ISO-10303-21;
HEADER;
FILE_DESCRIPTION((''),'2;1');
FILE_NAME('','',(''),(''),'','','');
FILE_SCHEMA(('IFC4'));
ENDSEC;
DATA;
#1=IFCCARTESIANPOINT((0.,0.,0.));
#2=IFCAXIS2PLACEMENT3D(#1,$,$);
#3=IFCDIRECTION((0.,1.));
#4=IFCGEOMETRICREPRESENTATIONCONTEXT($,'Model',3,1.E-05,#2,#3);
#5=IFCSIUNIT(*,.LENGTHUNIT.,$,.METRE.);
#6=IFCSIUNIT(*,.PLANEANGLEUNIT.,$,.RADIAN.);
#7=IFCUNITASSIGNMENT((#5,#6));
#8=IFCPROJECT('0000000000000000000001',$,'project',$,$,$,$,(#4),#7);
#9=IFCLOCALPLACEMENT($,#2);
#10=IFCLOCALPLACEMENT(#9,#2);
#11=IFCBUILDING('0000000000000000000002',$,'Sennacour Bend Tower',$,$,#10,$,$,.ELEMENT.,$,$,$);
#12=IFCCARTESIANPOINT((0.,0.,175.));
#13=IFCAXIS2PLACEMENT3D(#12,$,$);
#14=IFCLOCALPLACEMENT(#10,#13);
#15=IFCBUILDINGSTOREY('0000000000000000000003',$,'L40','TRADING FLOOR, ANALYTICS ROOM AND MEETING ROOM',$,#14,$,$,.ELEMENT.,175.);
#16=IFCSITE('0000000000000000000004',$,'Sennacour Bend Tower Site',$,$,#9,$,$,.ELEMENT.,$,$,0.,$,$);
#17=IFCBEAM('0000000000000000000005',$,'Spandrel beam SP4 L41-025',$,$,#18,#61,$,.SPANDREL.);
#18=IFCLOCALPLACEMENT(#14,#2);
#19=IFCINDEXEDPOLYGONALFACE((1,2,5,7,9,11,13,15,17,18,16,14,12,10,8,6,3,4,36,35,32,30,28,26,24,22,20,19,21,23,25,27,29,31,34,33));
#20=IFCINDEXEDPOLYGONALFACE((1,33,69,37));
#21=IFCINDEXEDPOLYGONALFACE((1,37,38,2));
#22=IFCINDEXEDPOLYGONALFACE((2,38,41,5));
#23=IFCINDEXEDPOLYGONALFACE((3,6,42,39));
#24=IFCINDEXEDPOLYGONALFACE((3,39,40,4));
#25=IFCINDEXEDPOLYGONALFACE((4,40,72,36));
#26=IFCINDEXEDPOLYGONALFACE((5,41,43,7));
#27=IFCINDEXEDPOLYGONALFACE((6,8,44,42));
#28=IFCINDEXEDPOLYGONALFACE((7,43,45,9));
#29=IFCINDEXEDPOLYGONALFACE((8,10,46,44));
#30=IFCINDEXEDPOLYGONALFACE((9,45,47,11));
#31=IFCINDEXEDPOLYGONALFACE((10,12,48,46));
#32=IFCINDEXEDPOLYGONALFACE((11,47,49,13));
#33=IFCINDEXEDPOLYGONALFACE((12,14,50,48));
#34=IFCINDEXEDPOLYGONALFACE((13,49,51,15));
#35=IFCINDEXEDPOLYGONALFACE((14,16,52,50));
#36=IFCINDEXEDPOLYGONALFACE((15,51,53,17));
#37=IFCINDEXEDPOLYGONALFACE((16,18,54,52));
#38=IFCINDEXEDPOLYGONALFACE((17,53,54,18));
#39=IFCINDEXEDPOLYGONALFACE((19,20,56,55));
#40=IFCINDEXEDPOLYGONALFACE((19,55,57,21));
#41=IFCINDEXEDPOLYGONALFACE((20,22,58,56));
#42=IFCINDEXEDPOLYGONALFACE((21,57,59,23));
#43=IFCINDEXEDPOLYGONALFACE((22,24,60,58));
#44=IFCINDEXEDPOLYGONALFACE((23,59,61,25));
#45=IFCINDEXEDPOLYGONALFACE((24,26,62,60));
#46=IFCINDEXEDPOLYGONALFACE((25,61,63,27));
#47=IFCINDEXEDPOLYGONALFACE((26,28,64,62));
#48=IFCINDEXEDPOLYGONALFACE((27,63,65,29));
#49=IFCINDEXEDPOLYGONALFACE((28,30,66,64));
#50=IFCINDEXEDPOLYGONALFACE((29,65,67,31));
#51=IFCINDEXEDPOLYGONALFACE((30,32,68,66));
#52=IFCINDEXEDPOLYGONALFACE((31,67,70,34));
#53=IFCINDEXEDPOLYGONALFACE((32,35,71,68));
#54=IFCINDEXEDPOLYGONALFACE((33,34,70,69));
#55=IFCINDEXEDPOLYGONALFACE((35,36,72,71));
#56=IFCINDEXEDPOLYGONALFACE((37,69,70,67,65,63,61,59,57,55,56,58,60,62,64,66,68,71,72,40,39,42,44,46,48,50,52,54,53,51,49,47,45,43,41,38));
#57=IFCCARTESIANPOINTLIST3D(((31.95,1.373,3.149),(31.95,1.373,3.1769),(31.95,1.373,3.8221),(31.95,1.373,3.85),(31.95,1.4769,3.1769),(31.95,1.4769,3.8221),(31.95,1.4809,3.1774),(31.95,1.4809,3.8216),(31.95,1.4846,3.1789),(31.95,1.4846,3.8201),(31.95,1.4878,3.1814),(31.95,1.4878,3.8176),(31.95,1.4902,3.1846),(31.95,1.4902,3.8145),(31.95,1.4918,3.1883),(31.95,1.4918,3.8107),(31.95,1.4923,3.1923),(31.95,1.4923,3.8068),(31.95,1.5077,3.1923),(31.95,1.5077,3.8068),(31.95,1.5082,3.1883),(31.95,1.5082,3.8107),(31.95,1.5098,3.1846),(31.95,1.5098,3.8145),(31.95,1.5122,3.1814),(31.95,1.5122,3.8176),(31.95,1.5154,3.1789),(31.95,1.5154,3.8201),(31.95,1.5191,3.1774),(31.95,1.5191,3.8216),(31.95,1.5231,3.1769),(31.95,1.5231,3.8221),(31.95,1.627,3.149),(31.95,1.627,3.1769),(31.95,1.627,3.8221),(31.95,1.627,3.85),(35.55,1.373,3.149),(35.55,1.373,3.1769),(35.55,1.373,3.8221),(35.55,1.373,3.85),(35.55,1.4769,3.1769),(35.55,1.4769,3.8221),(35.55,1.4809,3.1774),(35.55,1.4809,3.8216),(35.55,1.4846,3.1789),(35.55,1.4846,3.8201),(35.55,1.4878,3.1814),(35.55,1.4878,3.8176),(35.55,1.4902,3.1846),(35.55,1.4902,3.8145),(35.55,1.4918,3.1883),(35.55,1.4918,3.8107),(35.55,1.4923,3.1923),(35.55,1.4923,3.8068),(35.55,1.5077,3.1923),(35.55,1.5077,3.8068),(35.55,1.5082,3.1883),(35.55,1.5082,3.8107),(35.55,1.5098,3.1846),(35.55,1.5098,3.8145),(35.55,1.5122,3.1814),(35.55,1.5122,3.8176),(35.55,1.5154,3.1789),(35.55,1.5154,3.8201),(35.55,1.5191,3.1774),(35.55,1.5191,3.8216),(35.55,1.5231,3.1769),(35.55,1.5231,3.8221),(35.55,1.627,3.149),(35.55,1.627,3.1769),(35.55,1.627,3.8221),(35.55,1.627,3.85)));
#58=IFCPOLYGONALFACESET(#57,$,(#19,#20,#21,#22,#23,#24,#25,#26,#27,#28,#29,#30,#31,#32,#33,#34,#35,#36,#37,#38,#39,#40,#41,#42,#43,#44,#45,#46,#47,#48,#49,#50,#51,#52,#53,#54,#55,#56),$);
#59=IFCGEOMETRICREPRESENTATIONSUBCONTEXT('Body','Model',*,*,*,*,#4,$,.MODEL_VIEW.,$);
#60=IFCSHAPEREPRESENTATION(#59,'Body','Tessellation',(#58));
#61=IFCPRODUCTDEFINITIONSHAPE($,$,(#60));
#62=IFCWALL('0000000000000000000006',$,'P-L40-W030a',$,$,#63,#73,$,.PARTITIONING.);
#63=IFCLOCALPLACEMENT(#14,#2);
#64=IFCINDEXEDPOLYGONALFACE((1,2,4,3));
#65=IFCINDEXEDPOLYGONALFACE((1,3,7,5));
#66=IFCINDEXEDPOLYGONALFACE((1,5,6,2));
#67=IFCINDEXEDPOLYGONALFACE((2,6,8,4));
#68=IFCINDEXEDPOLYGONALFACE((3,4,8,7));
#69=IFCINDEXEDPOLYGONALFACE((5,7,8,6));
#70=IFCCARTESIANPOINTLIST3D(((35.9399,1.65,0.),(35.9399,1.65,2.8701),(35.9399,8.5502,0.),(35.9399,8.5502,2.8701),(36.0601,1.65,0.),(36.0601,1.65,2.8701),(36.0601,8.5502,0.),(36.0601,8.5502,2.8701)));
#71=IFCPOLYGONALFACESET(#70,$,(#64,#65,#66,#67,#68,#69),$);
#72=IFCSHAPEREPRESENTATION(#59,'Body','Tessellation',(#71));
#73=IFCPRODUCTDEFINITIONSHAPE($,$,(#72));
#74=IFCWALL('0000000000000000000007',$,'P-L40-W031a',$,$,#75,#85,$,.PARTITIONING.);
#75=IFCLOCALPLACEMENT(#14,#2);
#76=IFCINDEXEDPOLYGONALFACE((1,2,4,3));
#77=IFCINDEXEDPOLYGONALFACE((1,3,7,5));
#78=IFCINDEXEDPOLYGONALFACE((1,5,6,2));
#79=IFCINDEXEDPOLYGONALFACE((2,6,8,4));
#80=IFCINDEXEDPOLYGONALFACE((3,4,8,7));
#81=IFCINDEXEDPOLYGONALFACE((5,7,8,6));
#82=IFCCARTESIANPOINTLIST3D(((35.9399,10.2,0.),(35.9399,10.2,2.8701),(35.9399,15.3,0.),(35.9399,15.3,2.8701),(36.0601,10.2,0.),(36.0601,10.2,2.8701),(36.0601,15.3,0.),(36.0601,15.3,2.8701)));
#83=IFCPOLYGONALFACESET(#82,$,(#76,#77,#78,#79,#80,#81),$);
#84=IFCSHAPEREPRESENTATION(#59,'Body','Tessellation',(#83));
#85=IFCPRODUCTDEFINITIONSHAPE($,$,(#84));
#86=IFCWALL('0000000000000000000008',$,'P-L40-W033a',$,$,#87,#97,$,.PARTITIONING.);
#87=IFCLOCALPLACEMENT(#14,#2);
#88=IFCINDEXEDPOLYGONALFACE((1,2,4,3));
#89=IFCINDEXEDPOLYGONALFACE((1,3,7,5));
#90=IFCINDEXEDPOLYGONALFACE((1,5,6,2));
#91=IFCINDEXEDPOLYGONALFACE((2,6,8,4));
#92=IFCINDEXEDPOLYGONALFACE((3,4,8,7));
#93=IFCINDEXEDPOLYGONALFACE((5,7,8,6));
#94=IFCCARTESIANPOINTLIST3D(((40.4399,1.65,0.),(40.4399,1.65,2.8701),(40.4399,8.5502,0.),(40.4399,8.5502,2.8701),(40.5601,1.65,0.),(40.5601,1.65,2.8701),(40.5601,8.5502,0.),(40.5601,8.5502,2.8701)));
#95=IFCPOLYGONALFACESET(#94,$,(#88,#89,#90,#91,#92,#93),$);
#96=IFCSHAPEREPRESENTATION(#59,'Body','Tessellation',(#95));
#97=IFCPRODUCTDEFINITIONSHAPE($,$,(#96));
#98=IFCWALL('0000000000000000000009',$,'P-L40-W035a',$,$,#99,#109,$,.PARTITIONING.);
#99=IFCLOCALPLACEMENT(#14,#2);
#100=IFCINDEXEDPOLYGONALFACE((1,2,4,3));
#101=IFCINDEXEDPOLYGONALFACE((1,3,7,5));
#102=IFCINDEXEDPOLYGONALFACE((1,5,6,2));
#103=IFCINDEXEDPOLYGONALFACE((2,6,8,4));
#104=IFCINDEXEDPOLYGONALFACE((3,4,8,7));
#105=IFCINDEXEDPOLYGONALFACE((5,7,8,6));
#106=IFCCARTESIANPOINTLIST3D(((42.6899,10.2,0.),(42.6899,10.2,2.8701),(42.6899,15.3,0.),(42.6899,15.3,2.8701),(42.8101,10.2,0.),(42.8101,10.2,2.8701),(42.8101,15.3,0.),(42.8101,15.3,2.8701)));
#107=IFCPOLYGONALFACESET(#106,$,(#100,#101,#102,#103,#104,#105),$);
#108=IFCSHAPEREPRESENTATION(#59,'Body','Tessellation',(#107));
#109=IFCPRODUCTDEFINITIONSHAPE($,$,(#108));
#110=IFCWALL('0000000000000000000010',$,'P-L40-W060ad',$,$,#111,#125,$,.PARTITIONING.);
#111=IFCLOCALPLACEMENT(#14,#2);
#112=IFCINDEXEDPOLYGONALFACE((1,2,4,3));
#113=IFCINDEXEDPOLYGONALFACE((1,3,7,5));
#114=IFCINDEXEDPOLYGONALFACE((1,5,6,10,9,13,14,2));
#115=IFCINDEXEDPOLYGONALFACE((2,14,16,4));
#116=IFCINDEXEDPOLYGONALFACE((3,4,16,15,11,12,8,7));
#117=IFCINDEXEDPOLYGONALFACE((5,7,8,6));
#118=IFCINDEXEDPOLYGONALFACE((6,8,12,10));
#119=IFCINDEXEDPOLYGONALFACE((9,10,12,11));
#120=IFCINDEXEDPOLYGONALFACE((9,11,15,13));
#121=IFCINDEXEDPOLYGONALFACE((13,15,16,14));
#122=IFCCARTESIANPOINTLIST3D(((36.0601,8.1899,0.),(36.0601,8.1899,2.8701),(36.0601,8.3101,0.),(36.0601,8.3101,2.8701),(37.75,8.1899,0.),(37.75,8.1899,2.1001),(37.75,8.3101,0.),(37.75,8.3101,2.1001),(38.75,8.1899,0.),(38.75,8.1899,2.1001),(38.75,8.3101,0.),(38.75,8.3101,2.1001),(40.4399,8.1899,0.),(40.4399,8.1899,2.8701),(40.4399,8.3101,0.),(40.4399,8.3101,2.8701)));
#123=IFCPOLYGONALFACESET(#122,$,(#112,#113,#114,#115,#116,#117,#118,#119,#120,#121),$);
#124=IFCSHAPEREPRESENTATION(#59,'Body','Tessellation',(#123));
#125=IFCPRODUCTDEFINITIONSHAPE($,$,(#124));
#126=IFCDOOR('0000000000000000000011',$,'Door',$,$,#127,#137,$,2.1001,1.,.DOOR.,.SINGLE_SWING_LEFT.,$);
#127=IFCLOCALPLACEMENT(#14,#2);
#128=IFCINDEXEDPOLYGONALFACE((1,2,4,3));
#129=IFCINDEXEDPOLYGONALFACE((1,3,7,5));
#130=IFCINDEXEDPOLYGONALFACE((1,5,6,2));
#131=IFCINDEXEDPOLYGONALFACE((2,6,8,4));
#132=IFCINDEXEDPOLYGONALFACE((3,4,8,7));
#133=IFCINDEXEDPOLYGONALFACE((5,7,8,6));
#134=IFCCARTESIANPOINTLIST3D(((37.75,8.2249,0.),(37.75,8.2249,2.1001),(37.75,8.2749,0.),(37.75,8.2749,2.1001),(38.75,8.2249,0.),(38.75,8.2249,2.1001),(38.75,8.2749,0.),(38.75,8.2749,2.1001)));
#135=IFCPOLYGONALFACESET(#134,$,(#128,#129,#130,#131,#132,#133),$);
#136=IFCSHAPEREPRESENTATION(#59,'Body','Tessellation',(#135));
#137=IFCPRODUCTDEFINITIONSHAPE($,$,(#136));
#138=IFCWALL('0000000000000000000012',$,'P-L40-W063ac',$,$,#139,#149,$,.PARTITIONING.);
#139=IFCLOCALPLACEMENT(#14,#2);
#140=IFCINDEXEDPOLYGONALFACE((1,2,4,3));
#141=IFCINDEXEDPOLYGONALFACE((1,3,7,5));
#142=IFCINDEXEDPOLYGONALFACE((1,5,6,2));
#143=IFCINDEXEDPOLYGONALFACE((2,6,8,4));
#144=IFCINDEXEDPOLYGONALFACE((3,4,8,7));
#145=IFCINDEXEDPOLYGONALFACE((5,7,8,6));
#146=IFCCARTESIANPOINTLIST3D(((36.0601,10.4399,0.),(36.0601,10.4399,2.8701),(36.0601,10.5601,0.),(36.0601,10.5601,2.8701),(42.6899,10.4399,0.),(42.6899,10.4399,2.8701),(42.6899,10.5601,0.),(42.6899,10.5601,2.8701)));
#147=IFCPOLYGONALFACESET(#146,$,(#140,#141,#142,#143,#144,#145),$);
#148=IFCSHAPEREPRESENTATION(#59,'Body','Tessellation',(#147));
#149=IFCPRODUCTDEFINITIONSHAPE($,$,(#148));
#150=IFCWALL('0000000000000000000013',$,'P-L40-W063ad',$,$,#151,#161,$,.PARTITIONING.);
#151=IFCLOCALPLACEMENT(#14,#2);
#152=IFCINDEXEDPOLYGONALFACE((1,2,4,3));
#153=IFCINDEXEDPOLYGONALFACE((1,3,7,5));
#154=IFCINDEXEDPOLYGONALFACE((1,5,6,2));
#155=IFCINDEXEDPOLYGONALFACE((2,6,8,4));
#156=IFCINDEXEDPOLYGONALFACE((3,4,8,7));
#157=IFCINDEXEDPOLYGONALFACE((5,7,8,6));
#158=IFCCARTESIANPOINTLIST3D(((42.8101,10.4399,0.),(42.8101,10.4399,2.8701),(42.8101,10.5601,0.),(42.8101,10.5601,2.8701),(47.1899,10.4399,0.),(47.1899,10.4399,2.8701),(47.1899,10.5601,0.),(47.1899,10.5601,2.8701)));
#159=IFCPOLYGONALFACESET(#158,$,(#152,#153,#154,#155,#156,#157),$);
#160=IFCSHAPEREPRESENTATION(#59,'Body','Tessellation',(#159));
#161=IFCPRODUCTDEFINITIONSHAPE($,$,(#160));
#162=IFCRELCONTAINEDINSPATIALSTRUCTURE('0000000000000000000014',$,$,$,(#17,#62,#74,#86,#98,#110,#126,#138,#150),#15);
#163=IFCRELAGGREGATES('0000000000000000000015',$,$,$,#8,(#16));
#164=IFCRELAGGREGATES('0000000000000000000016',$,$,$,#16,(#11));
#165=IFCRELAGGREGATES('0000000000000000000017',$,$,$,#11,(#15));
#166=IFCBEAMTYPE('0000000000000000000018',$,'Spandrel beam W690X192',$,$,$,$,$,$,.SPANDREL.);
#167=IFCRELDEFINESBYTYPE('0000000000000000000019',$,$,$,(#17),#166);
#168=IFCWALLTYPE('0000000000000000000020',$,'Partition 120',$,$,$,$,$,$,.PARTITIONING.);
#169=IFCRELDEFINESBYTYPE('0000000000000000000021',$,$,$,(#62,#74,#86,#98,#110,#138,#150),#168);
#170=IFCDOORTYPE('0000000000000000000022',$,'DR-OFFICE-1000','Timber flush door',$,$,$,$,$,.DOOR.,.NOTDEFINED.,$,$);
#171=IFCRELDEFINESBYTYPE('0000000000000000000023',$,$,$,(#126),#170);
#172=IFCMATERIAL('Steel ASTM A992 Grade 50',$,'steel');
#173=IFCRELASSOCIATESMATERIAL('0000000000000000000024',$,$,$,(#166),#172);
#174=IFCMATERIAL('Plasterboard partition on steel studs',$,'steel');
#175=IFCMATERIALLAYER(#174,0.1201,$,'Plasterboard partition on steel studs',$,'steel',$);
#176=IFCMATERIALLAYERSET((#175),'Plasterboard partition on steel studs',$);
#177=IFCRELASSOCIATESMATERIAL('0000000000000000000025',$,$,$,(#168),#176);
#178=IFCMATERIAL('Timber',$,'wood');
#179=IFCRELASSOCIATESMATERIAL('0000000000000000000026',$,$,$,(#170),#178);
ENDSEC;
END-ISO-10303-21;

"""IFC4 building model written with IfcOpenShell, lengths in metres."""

from ifc_helpers import new_model, si_unit, direction, frame, frame_2d, origin, origin_2d, place, context, subcontext, project, spatial, rectangle, i_section, extrude, material, layer, layer_set, material_profile, profile_set, type_object, element, fill, save


model = new_model("IFC4")

# Units and contexts
model_context = context("Model", 3, precision=1e-05, world=origin(), true_north=direction((0.0, 1.0)))
body_context = subcontext(model_context, "Body", "Model", "MODEL_VIEW")
ifc_project = project(units=[si_unit("LENGTHUNIT", "METRE"), si_unit("PLANEANGLEUNIT", "RADIAN")], contexts=[model_context])

# Site, building, storey
site_placement = place(None, origin())
site = spatial("IfcSite", under=ifc_project, at=site_placement, Name="Sennacour Bend Tower Site", CompositionType="ELEMENT", RefElevation=0.0)
building_placement = place(site_placement, origin())
building = spatial("IfcBuilding", under=site, at=building_placement, Name="Sennacour Bend Tower", CompositionType="ELEMENT")
storey_placement = place(building_placement, frame((0.0, 0.0, 175.0)))
storey = spatial("IfcBuildingStorey", under=building, at=storey_placement, Name="L40", Description="TRADING FLOOR, ANALYTICS ROOM AND MEETING ROOM", CompositionType="ELEMENT", Elevation=175.0)

# Beam
ifc_material_1 = material(Name="Steel ASTM A992 Grade 50", Category="steel")
ifc_material_profile_1 = material_profile(ifc_material_1, i_section(OverallWidth=0.2539, OverallDepth=0.7009, WebThickness=0.0154, FlangeThickness=0.0278, FilletRadius=0.0154, at=origin_2d()), Name="Steel ASTM A992 Grade 50", Category="steel")
ifc_profile_set_1 = profile_set([ifc_material_profile_1], Name="Steel ASTM A992 Grade 50")
beam_type_1 = type_object("IfcBeamType", Name="Spandrel beam W690X192", PredefinedType="SPANDREL", material=ifc_profile_set_1)
for number, where, z_axis, x_axis, name in (
    (1, (35.55, 1.5, 3.4995), (-1.0, 0.0, 0.0), (0.0, -1.0, 0.0), "Spandrel beam SP4 L41-025"),
):
    element("IfcBeam", number, at=place(storey_placement, frame(where, z_axis=z_axis, x_axis=x_axis)), inside=storey, type_object=beam_type_1, Name=name, PredefinedType="SPANDREL", context=body_context, shape_type="SweptSolid", body=[
        extrude(i_section(OverallWidth=0.2539, OverallDepth=0.7009, WebThickness=0.0154, FlangeThickness=0.0278, FilletRadius=0.0154, at=origin_2d()), origin(), (0.0, 0.0, 1.0), 3.6001),
    ])

# Walls
ifc_material_2 = material(Name="Plasterboard partition on steel studs", Category="steel")
ifc_layer_1 = layer(ifc_material_2, 0.1201, Name="Plasterboard partition on steel studs", Category="steel")
ifc_layer_set_1 = layer_set([ifc_layer_1], Name="Plasterboard partition on steel studs")
wall_type_1 = type_object("IfcWallType", Name="Partition 120", PredefinedType="PARTITIONING", material=ifc_layer_set_1)
wall_1_placement = place(storey_placement, frame((36.0, 1.6499, 0.0), z_axis=(0.0, 0.0, 1.0), x_axis=(0.0, 1.0, 0.0)))
element("IfcWall", 2, at=wall_1_placement, inside=storey, type_object=wall_type_1, Name="P-L40-W030a", PredefinedType="PARTITIONING", context=body_context, shape_type="SweptSolid", body=[
    extrude(rectangle(XDim=6.9001, YDim=0.1201, at=frame_2d((3.4502, 0.0))), origin(), (0.0, 0.0, 1.0), 2.8701),
])
wall_2_placement = place(storey_placement, frame((36.0, 10.2, 0.0), z_axis=(0.0, 0.0, 1.0), x_axis=(0.0, 1.0, 0.0)))
element("IfcWall", 3, at=wall_2_placement, inside=storey, type_object=wall_type_1, Name="P-L40-W031a", PredefinedType="PARTITIONING", context=body_context, shape_type="SweptSolid", body=[
    extrude(rectangle(XDim=5.1001, YDim=0.1201, at=frame_2d((2.55, 0.0))), origin(), (0.0, 0.0, 1.0), 2.8701),
])
wall_3_placement = place(storey_placement, frame((40.5, 1.6499, 0.0), z_axis=(0.0, 0.0, 1.0), x_axis=(0.0, 1.0, 0.0)))
element("IfcWall", 4, at=wall_3_placement, inside=storey, type_object=wall_type_1, Name="P-L40-W033a", PredefinedType="PARTITIONING", context=body_context, shape_type="SweptSolid", body=[
    extrude(rectangle(XDim=6.9001, YDim=0.1201, at=frame_2d((3.4502, 0.0))), origin(), (0.0, 0.0, 1.0), 2.8701),
])
wall_4_placement = place(storey_placement, frame((42.75, 10.2, 0.0), z_axis=(0.0, 0.0, 1.0), x_axis=(0.0, 1.0, 0.0)))
element("IfcWall", 5, at=wall_4_placement, inside=storey, type_object=wall_type_1, Name="P-L40-W035a", PredefinedType="PARTITIONING", context=body_context, shape_type="SweptSolid", body=[
    extrude(rectangle(XDim=5.1001, YDim=0.1201, at=frame_2d((2.55, 0.0))), origin(), (0.0, 0.0, 1.0), 2.8701),
])

# Wall, opening, door
wall_5_placement = place(storey_placement, frame((36.0601, 8.25, 0.0), z_axis=(0.0, 0.0, 1.0), x_axis=(1.0, 0.0, 0.0)))
wall_5 = element("IfcWall", 6, at=wall_5_placement, inside=storey, type_object=wall_type_1, Name="P-L40-W060ad", PredefinedType="PARTITIONING", context=body_context, shape_type="SweptSolid", body=[
    extrude(rectangle(XDim=4.3799, YDim=0.1201, at=frame_2d((2.1899, 0.0))), origin(), (0.0, 0.0, 1.0), 2.8701),
])
opening_1_placement = place(wall_5_placement, frame((1.6899, 0.0, 0.0)))
opening_1 = element("IfcOpeningElement", 7, at=opening_1_placement, cuts=wall_5, PredefinedType="OPENING", context=body_context, shape_type="SweptSolid", body=[
    extrude(rectangle(XDim=1.0, YDim=2.1001, at=frame_2d((0.5, 1.05))), frame((0.0, 0.0701, 0.0), z_axis=(0.0, -1.0, 0.0), x_axis=(1.0, 0.0, 0.0)), (0.0, 0.0, 1.0), 0.1401),
])
ifc_material_3 = material(Name="Timber", Category="wood")
door_type_1 = type_object("IfcDoorType", Name="DR-OFFICE-1000", Description="Timber flush door", OperationType="NOTDEFINED", PredefinedType="DOOR", material=ifc_material_3)
door_1_placement = place(opening_1_placement, origin())
door_1 = element("IfcDoor", 8, at=door_1_placement, inside=storey, type_object=door_type_1, Name="Door", OperationType="SINGLE_SWING_LEFT", OverallHeight=2.1001, OverallWidth=1.0, PredefinedType="DOOR", context=body_context, shape_type="SweptSolid", body=[
    extrude(rectangle(XDim=1.0, YDim=2.1001, at=frame_2d((0.5, 1.05))), frame((0.0, 0.0249, 0.0), z_axis=(0.0, -1.0, 0.0), x_axis=(1.0, 0.0, 0.0)), (0.0, 0.0, 1.0), 0.05),
])
fill(opening_1, door_1)

# Walls
wall_6_placement = place(storey_placement, frame((36.0601, 10.5, 0.0), z_axis=(0.0, 0.0, 1.0), x_axis=(1.0, 0.0, 0.0)))
element("IfcWall", 9, at=wall_6_placement, inside=storey, type_object=wall_type_1, Name="P-L40-W063ac", PredefinedType="PARTITIONING", context=body_context, shape_type="SweptSolid", body=[
    extrude(rectangle(XDim=6.6299, YDim=0.1201, at=frame_2d((3.3149, 0.0))), origin(), (0.0, 0.0, 1.0), 2.8701),
])
wall_7_placement = place(storey_placement, frame((42.8101, 10.5, 0.0), z_axis=(0.0, 0.0, 1.0), x_axis=(1.0, 0.0, 0.0)))
element("IfcWall", 10, at=wall_7_placement, inside=storey, type_object=wall_type_1, Name="P-L40-W063ad", PredefinedType="PARTITIONING", context=body_context, shape_type="SweptSolid", body=[
    extrude(rectangle(XDim=4.3799, YDim=0.1201, at=frame_2d((2.1899, 0.0))), origin(), (0.0, 0.0, 1.0), 2.8701),
])

save(model, "model.ifc")
